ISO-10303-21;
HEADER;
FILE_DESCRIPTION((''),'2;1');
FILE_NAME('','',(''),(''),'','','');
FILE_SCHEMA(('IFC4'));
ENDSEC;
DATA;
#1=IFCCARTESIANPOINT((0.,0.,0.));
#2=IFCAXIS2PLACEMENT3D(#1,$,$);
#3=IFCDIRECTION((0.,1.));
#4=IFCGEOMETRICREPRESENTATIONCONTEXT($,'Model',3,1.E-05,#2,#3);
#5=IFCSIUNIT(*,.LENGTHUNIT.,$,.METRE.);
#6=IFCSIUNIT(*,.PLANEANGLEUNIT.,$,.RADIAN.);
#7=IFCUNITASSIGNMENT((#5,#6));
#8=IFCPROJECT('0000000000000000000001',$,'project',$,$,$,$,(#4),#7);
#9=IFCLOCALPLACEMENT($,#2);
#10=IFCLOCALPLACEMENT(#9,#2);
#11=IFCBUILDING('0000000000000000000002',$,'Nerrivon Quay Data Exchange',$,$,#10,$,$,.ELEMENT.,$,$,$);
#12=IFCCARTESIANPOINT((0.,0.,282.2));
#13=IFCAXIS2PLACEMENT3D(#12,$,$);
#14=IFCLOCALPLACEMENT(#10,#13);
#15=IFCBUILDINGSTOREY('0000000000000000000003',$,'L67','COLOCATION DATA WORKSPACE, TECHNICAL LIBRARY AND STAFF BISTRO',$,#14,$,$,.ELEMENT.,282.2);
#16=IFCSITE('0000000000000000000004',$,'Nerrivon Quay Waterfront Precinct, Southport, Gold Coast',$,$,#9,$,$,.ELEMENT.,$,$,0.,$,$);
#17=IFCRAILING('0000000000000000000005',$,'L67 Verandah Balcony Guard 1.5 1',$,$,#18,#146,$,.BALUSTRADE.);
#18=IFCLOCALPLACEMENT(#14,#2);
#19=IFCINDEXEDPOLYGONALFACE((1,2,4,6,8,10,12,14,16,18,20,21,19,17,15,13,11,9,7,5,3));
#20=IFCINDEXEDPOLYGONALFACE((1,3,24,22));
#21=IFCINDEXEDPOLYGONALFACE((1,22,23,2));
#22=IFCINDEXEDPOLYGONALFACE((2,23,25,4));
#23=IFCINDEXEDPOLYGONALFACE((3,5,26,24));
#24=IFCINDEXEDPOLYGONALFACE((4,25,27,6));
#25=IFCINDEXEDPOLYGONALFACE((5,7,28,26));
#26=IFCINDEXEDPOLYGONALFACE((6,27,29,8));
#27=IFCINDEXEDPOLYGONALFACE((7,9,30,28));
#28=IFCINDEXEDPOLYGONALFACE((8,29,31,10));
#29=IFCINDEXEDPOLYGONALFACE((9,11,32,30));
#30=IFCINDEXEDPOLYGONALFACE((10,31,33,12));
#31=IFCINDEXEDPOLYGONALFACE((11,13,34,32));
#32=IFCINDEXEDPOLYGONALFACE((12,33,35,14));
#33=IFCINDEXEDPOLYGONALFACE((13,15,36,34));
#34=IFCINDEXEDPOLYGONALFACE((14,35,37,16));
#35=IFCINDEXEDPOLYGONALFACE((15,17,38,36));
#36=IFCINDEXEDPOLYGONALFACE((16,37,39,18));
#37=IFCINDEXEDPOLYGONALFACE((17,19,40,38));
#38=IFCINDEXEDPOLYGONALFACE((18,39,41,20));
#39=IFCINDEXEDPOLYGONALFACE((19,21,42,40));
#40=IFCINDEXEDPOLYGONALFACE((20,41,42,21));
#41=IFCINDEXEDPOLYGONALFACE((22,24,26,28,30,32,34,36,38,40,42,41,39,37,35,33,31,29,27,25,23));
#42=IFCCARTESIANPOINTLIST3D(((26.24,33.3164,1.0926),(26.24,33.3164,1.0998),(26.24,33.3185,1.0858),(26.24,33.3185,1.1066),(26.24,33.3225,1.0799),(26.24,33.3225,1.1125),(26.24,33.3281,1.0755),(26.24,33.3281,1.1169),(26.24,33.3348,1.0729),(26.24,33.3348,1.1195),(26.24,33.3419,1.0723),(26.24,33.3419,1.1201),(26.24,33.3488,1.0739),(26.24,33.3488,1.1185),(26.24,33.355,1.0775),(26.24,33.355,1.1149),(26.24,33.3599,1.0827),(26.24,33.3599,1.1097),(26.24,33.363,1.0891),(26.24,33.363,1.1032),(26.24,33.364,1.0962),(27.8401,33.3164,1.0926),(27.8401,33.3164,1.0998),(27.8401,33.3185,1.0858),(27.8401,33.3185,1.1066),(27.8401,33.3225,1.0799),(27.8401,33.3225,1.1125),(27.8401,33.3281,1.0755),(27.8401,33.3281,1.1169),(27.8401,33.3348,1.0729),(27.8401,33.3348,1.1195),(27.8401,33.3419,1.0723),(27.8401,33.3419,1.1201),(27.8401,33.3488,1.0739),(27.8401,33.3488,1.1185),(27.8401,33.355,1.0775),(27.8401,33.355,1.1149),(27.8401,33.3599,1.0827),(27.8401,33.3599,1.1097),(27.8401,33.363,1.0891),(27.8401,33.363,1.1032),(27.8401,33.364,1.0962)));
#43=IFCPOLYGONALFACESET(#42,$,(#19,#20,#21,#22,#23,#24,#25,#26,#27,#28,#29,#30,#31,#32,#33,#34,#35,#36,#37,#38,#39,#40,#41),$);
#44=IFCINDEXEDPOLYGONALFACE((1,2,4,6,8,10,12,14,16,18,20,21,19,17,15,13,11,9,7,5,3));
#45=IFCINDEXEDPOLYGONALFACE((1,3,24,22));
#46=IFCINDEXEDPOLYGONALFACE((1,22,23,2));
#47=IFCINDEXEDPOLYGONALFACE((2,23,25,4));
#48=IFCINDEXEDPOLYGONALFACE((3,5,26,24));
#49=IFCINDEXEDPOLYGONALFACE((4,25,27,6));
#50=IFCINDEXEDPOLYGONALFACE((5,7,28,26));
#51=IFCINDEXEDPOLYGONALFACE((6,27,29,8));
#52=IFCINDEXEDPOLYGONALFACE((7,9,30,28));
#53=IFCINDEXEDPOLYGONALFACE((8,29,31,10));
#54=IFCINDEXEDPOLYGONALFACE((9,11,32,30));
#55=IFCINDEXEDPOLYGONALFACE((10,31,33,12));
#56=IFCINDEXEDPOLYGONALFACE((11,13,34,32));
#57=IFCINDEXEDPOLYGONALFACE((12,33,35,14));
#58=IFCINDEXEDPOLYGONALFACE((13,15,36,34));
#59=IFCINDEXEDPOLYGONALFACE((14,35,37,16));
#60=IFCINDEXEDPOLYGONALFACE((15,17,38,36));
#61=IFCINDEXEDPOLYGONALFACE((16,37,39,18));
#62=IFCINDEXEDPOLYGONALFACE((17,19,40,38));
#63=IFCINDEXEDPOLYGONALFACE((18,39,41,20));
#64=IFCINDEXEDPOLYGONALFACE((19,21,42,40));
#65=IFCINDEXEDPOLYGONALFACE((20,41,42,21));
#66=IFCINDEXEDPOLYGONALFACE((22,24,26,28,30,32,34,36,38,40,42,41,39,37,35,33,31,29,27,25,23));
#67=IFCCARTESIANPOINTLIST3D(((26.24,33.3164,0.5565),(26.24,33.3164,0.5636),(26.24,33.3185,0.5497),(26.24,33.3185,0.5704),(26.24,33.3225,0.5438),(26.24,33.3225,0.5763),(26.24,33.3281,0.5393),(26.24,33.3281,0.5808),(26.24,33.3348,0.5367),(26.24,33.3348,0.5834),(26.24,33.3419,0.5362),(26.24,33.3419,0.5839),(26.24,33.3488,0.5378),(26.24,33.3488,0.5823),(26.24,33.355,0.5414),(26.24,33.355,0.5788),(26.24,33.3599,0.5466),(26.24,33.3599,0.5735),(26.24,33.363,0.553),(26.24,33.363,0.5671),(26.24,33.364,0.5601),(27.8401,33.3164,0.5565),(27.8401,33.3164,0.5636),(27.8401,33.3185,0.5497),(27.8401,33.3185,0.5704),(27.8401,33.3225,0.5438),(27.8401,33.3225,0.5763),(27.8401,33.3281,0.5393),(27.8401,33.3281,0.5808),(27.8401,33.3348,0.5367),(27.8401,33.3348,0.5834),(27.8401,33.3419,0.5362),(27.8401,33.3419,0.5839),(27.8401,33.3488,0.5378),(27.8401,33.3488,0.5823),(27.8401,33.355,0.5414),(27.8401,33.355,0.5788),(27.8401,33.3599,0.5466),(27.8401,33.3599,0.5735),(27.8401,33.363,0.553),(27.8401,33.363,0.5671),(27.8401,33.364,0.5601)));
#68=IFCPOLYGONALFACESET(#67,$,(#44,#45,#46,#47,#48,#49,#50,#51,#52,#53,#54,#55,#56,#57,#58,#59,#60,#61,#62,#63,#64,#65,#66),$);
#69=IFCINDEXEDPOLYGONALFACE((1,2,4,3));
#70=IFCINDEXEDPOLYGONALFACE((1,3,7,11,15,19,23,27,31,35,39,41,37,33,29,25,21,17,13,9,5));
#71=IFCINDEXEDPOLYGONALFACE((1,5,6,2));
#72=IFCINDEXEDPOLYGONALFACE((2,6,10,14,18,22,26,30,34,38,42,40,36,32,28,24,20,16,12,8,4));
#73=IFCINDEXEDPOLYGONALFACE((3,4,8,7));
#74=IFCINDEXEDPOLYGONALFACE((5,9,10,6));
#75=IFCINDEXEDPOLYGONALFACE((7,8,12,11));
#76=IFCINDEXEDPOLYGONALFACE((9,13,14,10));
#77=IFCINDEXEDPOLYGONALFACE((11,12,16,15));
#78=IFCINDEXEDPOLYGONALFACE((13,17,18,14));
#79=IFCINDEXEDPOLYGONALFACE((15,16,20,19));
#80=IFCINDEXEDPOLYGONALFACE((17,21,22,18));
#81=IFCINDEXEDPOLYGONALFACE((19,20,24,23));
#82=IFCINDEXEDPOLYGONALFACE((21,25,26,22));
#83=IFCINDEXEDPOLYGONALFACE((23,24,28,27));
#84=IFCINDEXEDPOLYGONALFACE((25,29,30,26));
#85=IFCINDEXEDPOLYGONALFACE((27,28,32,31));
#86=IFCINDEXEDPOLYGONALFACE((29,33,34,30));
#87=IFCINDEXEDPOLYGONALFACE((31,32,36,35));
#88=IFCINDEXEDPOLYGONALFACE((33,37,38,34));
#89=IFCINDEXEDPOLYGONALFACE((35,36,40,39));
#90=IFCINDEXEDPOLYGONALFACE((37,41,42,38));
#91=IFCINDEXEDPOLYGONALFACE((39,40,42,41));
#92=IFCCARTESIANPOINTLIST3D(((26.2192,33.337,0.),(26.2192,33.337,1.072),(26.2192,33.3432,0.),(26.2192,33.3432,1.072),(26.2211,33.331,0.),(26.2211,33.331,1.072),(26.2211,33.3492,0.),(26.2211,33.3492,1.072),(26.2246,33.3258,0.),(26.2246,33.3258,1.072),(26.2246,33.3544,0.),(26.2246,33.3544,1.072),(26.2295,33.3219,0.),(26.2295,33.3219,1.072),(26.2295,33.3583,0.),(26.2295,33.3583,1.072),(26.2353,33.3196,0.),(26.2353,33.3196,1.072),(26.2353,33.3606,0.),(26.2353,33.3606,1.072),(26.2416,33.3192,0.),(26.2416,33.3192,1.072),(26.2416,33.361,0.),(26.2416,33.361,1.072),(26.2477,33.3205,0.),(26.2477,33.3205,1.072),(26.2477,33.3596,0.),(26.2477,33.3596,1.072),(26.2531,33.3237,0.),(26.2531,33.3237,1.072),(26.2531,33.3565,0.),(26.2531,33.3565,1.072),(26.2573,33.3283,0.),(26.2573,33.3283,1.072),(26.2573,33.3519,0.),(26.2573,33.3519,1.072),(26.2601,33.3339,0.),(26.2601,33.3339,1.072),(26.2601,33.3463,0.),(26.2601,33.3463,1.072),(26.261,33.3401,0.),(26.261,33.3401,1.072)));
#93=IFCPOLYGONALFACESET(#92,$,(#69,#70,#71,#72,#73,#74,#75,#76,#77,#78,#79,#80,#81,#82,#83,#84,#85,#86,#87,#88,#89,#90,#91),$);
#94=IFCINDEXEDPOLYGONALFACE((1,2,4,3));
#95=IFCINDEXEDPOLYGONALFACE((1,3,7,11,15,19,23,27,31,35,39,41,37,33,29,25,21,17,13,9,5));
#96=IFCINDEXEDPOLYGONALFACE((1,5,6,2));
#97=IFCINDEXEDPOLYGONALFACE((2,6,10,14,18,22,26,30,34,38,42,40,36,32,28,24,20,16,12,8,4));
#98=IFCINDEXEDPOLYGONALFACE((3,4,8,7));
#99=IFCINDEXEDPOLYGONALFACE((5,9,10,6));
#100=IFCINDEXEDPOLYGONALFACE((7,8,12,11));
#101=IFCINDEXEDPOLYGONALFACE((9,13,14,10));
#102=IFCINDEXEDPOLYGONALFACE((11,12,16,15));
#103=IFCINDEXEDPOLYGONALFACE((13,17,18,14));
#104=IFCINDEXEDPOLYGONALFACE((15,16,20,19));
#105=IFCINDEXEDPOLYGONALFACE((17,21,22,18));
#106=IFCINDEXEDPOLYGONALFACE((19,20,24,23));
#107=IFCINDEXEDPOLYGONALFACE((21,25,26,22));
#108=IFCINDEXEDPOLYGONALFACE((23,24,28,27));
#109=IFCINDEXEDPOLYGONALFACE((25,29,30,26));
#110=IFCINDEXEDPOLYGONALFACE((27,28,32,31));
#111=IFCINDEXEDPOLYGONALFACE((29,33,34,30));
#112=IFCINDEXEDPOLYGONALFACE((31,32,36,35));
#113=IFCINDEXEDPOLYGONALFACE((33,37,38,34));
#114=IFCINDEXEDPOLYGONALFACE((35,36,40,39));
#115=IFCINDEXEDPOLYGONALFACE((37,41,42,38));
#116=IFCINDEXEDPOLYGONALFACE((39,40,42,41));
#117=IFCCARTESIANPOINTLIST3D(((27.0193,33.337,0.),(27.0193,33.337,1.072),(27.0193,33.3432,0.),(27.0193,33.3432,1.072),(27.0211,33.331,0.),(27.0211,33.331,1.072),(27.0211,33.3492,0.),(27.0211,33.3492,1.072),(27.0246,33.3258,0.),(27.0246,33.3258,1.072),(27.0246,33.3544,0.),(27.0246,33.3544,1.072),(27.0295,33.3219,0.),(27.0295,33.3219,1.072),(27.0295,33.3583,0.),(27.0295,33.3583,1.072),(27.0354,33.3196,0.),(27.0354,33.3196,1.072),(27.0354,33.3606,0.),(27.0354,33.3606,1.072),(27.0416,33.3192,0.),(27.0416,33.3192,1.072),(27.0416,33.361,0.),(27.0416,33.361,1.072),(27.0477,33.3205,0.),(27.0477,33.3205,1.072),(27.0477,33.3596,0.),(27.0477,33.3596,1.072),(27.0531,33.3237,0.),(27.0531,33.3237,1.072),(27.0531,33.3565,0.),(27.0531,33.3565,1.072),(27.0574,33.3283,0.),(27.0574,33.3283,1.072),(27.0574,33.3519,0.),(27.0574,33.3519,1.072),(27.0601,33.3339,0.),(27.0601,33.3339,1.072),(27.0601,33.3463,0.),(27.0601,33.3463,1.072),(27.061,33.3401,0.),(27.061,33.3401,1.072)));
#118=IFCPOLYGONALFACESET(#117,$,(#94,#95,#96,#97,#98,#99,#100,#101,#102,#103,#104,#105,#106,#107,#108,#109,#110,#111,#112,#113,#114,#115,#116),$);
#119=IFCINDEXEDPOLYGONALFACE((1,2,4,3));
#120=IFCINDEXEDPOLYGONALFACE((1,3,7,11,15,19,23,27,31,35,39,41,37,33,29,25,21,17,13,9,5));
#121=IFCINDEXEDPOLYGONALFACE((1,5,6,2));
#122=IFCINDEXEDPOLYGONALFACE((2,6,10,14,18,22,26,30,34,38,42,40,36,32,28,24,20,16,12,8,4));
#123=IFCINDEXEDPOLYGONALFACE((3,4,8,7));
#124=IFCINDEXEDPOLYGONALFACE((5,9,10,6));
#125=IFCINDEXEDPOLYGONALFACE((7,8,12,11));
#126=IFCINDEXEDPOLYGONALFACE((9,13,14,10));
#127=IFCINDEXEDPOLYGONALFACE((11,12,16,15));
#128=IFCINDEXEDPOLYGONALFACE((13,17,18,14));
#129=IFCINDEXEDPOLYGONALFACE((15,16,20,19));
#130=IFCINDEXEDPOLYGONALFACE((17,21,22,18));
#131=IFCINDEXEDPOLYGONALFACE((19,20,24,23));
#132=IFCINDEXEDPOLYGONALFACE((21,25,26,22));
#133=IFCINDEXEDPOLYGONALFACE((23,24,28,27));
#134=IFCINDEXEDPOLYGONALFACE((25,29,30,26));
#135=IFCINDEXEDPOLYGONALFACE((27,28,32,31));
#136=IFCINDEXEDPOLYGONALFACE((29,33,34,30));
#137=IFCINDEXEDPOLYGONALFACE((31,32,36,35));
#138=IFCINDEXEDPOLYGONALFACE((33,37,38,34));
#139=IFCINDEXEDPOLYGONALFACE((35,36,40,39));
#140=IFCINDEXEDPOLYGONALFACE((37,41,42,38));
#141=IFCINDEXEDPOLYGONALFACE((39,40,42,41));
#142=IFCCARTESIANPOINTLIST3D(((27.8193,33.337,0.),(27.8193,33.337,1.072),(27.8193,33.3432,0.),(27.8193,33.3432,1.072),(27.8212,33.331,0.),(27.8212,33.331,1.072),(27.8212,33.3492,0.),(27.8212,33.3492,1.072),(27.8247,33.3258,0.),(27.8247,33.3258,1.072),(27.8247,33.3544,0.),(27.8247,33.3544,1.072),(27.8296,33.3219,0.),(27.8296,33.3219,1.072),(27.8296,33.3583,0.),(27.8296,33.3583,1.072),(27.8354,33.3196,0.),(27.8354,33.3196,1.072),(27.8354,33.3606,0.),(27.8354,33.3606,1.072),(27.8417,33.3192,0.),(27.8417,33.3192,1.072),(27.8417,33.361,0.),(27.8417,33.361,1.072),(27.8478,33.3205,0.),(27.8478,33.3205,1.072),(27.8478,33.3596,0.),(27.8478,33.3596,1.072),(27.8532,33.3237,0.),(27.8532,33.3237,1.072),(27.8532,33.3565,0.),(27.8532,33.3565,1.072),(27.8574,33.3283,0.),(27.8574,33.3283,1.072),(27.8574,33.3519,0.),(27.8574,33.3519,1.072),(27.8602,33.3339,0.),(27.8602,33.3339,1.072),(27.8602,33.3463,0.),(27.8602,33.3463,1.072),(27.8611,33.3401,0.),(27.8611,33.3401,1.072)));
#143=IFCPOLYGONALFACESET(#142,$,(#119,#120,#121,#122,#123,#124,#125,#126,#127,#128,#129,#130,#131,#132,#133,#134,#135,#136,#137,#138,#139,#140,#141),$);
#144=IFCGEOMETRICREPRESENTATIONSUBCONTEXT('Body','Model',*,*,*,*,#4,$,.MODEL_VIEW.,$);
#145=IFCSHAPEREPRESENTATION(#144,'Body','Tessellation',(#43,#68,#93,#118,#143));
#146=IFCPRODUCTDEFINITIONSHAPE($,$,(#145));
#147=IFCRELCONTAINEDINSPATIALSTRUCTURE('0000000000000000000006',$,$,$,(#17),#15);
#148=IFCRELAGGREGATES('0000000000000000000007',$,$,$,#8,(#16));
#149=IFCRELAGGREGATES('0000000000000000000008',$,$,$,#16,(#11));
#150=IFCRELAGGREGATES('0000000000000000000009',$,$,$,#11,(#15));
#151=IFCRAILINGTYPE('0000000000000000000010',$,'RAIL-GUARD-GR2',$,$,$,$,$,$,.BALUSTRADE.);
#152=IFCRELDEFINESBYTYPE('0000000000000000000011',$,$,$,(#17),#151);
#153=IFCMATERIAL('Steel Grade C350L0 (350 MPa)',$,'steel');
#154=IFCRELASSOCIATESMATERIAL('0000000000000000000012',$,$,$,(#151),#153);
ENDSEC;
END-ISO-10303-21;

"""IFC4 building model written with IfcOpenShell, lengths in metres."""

from ifc_helpers import new_model, si_unit, direction, frame, origin, origin_2d, place, context, subcontext, project, spatial, circle, extrude, material, type_object, element, save


model = new_model("IFC4")

# Units and contexts
model_context = context("Model", 3, precision=1e-05, world=origin(), true_north=direction((0.0, 1.0)))
body_context = subcontext(model_context, "Body", "Model", "MODEL_VIEW")
ifc_project = project(units=[si_unit("LENGTHUNIT", "METRE"), si_unit("PLANEANGLEUNIT", "RADIAN")], contexts=[model_context])

# Site, building, storey
site_placement = place(None, origin())
site = spatial("IfcSite", under=ifc_project, at=site_placement, Name="Nerrivon Quay Waterfront Precinct, Southport, Gold Coast", CompositionType="ELEMENT", RefElevation=0.0)
building_placement = place(site_placement, origin())
building = spatial("IfcBuilding", under=site, at=building_placement, Name="Nerrivon Quay Data Exchange", CompositionType="ELEMENT")
storey_placement = place(building_placement, frame((0.0, 0.0, 282.2)))
storey = spatial("IfcBuildingStorey", under=building, at=storey_placement, Name="L67", Description="COLOCATION DATA WORKSPACE, TECHNICAL LIBRARY AND STAFF BISTRO", CompositionType="ELEMENT", Elevation=282.2)

# Shared definitions
ifc_material_1 = material(Name="Steel Grade C350L0 (350 MPa)", Category="steel")

# Railing
railing_type = type_object("IfcRailingType", Name="RAIL-GUARD-GR2", PredefinedType="BALUSTRADE", material=ifc_material_1)
railing_1_placement = place(storey_placement, frame((26.24, 33.3401, 0.0)))
element("IfcRailing", 1, at=railing_1_placement, inside=storey, type_object=railing_type, Name="L67 Verandah Balcony Guard 1.5 1", PredefinedType="BALUSTRADE", context=body_context, shape_type="SweptSolid", body=[
    extrude(circle(Radius=0.0239, at=origin_2d()), frame((0.0, 0.0, 1.0962), z_axis=(1.0, 0.0, 0.0), x_axis=(0.0, 1.0, 0.0)), (0.0, 0.0, 1.0), 1.6001),
    extrude(circle(Radius=0.0239, at=origin_2d()), frame((0.0, 0.0, 0.5601), z_axis=(1.0, 0.0, 0.0), x_axis=(0.0, 1.0, 0.0)), (0.0, 0.0, 1.0), 1.6001),
    extrude(circle(Radius=0.021, at=origin_2d()), origin(), (0.0, 0.0, 1.0), 1.072),
    extrude(circle(Radius=0.021, at=origin_2d()), frame((0.8, 0.0, 0.0)), (0.0, 0.0, 1.0), 1.072),
    extrude(circle(Radius=0.021, at=origin_2d()), frame((1.6001, 0.0, 0.0)), (0.0, 0.0, 1.0), 1.072),
])

save(model, "model.ifc")
